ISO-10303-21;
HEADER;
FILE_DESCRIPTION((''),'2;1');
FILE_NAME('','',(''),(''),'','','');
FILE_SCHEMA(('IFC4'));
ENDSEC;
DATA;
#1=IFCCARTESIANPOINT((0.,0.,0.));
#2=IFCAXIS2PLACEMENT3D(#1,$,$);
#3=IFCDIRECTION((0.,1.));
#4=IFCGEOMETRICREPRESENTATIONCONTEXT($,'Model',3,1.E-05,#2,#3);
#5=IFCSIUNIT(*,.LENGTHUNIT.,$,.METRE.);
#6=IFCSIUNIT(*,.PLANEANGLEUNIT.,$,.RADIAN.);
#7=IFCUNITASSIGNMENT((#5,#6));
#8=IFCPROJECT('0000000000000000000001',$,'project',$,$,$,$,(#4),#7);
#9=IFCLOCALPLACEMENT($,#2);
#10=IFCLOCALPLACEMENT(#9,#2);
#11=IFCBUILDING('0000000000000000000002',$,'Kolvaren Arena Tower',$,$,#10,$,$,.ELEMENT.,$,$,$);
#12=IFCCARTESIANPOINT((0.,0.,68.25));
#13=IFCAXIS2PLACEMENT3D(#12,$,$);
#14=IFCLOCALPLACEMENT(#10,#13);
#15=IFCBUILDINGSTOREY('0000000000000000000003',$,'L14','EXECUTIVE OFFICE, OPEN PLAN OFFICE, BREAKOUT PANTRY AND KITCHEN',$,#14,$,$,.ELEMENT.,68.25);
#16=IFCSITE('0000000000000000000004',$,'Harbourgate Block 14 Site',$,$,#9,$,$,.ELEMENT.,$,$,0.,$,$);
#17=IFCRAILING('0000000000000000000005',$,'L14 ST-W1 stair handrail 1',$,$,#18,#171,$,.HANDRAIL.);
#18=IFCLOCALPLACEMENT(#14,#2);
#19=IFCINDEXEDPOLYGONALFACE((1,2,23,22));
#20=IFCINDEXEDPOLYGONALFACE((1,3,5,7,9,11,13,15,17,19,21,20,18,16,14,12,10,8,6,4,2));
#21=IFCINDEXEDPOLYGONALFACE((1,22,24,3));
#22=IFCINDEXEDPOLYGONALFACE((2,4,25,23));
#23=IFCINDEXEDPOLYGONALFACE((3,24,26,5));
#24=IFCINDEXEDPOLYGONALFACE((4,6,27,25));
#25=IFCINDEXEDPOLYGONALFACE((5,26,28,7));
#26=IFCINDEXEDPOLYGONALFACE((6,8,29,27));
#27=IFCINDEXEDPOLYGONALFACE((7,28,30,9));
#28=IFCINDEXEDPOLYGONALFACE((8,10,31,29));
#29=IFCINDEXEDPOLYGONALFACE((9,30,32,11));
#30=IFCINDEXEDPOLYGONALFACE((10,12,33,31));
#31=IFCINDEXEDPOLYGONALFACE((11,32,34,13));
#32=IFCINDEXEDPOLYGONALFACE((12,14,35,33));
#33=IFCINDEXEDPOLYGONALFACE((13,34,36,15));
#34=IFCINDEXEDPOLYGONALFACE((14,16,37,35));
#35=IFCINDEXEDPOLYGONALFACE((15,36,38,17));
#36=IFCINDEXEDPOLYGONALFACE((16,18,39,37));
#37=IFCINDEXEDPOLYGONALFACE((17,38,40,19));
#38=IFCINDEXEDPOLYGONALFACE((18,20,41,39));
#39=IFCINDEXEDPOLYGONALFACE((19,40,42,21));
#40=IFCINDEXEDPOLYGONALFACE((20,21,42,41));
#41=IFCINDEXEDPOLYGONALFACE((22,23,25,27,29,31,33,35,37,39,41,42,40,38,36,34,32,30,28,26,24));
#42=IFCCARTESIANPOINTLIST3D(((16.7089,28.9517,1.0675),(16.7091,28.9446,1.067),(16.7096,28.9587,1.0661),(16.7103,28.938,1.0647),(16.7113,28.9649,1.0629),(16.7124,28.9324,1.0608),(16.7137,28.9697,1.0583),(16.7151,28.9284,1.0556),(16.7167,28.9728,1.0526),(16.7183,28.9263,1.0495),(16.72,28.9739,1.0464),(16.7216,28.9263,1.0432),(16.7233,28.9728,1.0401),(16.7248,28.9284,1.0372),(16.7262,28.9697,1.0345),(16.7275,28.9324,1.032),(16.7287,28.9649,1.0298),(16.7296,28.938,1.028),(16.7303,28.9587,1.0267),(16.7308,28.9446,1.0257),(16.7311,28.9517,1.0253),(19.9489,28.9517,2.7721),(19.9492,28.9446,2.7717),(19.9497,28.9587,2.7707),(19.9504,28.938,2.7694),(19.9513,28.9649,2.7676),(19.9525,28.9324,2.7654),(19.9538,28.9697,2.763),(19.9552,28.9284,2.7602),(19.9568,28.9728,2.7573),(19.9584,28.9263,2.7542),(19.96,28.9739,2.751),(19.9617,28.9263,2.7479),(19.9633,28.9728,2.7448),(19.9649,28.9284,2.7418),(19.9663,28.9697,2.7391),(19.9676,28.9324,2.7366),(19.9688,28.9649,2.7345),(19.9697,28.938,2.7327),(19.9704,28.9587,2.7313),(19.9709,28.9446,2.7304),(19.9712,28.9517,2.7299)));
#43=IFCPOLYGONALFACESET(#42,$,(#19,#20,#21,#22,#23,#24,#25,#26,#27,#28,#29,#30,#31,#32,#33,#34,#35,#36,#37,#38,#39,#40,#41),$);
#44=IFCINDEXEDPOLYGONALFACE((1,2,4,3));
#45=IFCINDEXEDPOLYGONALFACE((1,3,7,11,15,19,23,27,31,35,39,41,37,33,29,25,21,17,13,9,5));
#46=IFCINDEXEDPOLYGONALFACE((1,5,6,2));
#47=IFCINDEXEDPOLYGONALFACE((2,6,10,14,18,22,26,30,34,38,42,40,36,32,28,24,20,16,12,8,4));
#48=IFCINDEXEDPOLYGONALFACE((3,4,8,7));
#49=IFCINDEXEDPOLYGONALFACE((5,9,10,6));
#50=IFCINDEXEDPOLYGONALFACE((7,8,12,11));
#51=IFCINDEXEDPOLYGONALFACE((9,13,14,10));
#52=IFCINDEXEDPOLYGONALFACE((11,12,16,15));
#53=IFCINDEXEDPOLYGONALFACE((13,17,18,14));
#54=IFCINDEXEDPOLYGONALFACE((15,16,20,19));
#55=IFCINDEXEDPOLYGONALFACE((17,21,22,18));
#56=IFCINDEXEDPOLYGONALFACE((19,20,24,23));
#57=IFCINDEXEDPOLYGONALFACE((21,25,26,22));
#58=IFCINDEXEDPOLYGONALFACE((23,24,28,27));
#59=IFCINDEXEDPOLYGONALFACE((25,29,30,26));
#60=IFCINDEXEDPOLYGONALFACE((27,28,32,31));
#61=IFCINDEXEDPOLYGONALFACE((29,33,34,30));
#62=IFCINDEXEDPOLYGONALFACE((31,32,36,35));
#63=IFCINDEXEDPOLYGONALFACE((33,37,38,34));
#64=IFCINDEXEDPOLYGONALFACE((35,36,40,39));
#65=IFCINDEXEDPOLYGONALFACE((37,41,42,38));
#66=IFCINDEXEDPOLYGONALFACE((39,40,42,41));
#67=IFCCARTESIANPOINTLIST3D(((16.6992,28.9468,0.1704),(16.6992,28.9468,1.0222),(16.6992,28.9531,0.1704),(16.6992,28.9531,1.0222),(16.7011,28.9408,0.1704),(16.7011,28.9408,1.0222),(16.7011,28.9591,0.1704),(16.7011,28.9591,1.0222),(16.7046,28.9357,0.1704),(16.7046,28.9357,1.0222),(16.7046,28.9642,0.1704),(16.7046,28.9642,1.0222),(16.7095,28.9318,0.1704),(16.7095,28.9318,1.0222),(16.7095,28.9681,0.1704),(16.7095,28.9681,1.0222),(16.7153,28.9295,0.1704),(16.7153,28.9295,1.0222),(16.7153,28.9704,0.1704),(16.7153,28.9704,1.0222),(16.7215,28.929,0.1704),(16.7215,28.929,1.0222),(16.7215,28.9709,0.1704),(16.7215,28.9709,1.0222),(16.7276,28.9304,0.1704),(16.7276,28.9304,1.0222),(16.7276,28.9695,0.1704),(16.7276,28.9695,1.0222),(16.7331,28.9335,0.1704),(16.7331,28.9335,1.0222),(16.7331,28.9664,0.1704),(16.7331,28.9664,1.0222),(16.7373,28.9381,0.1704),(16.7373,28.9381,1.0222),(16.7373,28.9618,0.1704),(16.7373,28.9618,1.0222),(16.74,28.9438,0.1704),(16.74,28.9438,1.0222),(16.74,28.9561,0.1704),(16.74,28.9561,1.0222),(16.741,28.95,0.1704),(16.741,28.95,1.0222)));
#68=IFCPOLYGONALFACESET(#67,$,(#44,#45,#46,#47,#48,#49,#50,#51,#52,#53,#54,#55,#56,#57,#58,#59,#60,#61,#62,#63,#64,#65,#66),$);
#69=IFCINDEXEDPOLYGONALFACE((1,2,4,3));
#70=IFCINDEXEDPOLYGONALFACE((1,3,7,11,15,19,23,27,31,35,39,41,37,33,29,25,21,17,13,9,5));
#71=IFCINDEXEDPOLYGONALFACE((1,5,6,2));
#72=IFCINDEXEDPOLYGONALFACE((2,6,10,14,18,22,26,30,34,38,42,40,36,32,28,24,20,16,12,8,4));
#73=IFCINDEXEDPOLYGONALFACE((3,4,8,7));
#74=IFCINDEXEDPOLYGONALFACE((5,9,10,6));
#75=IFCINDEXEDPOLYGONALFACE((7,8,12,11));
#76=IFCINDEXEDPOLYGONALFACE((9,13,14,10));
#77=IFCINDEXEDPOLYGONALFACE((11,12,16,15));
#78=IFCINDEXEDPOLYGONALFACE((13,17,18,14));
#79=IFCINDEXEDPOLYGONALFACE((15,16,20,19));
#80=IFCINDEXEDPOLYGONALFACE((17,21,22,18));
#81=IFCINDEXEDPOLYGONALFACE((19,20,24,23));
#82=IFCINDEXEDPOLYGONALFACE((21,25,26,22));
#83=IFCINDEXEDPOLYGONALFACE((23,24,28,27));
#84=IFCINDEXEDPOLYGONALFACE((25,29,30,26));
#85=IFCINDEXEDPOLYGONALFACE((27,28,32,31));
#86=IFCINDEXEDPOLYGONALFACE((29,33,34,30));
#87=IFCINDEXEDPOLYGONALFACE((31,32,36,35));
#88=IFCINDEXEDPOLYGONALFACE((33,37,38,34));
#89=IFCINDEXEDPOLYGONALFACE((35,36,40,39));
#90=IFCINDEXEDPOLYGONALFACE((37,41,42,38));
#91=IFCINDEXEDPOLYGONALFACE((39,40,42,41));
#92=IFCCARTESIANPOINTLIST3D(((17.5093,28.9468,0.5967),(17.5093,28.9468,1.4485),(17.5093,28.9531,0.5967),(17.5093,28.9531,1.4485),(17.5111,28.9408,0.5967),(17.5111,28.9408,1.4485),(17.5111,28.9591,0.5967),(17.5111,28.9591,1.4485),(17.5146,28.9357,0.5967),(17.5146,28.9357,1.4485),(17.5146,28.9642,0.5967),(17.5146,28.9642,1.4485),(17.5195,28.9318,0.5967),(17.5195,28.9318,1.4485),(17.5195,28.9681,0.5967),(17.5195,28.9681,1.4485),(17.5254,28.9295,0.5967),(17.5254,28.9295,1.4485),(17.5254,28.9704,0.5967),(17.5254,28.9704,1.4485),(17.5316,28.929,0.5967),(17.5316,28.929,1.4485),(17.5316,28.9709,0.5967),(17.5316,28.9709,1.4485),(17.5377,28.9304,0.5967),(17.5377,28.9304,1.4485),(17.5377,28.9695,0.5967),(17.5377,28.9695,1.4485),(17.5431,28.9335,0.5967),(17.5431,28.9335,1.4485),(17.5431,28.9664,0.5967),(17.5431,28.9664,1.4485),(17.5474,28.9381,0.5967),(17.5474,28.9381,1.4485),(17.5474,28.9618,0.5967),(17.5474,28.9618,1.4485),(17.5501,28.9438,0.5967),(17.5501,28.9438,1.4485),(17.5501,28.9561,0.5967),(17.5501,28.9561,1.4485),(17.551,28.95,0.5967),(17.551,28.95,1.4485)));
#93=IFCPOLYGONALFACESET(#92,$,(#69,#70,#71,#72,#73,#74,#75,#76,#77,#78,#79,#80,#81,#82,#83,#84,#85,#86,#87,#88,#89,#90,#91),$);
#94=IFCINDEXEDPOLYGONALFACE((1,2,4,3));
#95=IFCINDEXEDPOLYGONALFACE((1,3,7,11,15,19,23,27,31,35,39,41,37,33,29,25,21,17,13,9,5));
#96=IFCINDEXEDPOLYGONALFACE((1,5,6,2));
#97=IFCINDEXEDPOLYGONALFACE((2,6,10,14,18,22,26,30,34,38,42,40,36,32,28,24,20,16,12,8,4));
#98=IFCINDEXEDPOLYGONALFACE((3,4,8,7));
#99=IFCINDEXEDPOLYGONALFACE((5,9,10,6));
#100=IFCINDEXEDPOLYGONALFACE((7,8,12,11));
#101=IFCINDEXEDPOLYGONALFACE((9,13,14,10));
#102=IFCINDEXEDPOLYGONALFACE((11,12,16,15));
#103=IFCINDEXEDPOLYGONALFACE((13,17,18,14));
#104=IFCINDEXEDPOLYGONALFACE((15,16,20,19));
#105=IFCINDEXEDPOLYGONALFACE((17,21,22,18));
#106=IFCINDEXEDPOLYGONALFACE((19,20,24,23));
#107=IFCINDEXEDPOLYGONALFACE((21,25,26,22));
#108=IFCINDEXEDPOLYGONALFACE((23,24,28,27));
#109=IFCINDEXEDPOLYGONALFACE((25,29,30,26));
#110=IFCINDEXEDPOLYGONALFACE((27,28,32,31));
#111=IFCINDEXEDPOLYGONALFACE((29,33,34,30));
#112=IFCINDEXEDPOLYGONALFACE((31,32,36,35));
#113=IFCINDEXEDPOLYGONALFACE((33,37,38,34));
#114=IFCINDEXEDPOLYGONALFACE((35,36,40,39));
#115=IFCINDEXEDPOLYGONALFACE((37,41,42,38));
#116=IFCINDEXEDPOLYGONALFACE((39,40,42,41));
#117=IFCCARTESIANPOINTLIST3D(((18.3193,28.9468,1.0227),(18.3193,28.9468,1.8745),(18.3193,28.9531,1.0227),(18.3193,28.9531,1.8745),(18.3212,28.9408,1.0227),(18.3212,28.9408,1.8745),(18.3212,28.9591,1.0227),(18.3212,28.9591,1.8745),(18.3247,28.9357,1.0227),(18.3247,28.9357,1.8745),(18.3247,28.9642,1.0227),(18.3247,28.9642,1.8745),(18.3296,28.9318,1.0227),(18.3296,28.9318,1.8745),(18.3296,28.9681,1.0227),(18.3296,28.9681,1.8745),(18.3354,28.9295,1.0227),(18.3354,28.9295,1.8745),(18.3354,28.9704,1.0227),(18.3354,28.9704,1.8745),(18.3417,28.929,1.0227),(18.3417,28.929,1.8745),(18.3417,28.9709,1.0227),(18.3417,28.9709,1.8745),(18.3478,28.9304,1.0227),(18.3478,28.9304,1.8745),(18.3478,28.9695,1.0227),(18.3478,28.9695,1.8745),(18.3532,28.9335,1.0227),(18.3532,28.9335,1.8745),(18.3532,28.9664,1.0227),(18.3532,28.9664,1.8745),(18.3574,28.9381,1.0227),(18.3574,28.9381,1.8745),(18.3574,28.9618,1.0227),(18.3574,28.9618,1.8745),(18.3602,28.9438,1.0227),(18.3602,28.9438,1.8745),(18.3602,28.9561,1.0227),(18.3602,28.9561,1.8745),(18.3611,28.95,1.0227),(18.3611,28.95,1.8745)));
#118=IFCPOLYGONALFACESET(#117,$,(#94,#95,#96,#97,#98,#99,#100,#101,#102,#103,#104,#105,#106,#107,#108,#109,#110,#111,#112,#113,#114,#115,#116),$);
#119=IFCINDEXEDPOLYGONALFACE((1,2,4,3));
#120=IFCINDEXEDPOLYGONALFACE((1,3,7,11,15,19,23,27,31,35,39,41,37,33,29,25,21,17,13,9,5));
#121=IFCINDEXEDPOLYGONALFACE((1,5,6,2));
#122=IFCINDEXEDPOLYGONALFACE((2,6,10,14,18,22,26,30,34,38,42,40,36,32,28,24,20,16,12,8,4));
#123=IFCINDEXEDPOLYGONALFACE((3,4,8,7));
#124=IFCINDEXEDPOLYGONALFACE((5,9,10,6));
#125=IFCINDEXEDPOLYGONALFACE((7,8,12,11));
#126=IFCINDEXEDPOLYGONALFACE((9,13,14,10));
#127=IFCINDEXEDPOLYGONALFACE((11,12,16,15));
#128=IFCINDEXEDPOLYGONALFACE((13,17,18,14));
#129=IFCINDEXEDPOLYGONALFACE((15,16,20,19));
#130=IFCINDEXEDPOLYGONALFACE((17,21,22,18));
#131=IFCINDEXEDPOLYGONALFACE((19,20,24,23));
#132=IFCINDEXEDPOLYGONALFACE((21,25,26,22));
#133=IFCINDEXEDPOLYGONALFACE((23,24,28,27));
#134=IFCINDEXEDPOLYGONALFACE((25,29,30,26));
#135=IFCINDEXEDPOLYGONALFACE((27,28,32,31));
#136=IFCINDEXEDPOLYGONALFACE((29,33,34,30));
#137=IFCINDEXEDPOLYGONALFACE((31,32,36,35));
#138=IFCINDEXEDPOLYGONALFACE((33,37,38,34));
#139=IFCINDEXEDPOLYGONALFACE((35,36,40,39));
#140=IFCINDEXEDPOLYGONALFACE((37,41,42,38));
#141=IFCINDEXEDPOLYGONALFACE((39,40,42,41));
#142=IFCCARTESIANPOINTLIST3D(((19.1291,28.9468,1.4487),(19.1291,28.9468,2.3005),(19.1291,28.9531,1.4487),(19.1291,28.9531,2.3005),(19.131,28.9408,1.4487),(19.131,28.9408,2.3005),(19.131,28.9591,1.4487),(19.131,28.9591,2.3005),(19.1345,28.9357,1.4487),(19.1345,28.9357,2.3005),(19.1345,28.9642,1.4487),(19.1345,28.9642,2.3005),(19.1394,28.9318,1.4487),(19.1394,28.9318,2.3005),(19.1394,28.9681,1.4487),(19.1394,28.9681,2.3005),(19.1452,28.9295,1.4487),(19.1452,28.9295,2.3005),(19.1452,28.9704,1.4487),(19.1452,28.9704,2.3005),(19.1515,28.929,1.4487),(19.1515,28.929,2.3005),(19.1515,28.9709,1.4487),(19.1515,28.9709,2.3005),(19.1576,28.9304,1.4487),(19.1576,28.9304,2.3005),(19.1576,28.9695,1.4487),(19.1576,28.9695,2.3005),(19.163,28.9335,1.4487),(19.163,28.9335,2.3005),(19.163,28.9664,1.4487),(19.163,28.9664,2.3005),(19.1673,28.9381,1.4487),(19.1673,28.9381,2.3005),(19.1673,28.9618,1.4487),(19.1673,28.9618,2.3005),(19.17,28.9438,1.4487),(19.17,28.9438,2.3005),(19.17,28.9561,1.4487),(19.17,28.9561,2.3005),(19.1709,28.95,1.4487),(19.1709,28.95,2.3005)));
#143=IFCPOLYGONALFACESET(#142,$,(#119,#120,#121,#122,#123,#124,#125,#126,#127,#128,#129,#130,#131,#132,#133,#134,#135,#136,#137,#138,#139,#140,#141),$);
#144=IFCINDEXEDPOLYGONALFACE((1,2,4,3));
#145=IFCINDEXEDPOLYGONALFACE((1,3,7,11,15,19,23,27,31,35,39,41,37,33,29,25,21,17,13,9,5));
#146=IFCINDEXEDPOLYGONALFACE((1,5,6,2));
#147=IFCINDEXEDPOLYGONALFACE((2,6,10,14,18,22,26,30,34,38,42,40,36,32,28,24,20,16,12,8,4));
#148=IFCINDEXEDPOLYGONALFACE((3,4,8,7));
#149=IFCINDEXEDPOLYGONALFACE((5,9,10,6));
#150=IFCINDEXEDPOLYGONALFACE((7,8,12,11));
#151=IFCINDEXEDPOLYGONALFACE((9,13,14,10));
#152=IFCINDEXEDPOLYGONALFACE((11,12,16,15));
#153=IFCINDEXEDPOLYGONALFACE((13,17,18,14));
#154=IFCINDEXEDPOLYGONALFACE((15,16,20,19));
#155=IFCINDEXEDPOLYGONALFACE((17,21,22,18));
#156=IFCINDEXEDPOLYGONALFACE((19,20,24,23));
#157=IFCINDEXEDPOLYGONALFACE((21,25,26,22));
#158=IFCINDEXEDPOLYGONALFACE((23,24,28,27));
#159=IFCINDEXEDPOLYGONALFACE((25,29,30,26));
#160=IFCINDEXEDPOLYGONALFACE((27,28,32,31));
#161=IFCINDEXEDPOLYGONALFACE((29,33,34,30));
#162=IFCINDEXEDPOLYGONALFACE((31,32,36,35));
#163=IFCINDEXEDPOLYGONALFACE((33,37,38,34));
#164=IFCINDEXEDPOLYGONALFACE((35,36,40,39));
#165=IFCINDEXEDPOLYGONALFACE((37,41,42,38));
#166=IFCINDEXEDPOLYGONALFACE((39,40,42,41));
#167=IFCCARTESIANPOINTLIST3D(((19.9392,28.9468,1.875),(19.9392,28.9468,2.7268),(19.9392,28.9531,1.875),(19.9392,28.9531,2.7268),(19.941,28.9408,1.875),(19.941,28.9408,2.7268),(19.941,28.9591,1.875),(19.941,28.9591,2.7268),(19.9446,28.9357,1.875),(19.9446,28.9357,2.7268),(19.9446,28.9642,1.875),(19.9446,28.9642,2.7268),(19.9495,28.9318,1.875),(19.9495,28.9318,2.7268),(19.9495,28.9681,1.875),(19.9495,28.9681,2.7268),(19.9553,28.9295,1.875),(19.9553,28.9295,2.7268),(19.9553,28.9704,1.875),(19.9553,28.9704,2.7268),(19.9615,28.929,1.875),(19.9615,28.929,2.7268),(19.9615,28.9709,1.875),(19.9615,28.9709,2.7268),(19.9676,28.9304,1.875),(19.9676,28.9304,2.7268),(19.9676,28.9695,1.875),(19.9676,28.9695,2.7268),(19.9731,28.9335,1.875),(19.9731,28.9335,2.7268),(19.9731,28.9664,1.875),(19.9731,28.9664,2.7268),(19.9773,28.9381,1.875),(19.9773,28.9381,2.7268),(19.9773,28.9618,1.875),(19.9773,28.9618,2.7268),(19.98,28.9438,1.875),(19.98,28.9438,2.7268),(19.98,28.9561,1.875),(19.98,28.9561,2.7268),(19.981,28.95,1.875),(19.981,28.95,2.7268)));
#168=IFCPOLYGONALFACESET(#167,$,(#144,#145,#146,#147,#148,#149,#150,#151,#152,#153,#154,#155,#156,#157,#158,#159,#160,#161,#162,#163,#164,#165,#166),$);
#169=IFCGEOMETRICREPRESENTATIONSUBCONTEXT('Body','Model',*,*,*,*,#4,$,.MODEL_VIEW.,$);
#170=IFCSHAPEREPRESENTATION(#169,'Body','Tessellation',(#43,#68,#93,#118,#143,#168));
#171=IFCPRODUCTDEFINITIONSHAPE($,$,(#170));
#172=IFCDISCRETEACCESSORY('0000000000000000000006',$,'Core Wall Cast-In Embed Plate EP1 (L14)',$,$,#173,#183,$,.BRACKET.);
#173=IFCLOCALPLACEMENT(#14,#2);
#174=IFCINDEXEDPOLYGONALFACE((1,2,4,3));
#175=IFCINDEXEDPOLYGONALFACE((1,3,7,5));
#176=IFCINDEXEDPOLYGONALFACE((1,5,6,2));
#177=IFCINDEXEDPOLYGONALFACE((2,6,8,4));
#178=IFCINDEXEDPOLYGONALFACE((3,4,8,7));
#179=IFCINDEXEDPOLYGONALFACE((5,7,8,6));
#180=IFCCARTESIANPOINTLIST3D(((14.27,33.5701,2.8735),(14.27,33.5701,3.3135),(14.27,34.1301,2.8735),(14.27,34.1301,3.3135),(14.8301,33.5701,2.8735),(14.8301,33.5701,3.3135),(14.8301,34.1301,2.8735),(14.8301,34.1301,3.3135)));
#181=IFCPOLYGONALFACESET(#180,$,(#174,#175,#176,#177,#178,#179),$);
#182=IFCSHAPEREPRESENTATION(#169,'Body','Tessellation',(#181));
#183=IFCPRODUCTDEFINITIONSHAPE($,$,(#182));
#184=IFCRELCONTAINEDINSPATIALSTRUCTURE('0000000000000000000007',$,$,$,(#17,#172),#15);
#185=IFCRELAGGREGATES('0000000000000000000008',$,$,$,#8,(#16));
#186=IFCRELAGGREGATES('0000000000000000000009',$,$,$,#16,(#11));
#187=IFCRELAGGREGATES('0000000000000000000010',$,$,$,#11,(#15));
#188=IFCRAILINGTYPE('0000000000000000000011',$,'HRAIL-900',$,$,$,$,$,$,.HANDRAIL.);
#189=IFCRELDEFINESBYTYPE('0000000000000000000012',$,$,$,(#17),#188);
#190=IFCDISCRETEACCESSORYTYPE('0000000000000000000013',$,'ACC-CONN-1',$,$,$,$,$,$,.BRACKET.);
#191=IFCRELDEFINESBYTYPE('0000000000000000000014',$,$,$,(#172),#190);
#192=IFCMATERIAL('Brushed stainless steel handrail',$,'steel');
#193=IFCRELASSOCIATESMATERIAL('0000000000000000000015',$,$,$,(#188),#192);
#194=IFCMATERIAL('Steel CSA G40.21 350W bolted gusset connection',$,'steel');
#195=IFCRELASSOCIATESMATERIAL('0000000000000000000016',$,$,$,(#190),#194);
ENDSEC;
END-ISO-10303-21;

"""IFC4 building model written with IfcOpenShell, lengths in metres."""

from ifc_helpers import new_model, si_unit, direction, frame, origin, origin_2d, place, context, subcontext, project, spatial, rectangle, circle, extrude, material, type_object, element, save


model = new_model("IFC4")

# Units and contexts
model_context = context("Model", 3, precision=1e-05, world=origin(), true_north=direction((0.0, 1.0)))
body_context = subcontext(model_context, "Body", "Model", "MODEL_VIEW")
ifc_project = project(units=[si_unit("LENGTHUNIT", "METRE"), si_unit("PLANEANGLEUNIT", "RADIAN")], contexts=[model_context])

# Site, building, storey
site_placement = place(None, origin())
site = spatial("IfcSite", under=ifc_project, at=site_placement, Name="Harbourgate Block 14 Site", CompositionType="ELEMENT", RefElevation=0.0)
building_placement = place(site_placement, origin())
building = spatial("IfcBuilding", under=site, at=building_placement, Name="Kolvaren Arena Tower", CompositionType="ELEMENT")
storey_placement = place(building_placement, frame((0.0, 0.0, 68.25)))
storey = spatial("IfcBuildingStorey", under=building, at=storey_placement, Name="L14", Description="EXECUTIVE OFFICE, OPEN PLAN OFFICE, BREAKOUT PANTRY AND KITCHEN", CompositionType="ELEMENT", Elevation=68.25)

# Railing
ifc_material_1 = material(Name="Brushed stainless steel handrail", Category="steel")
railing_type_1 = type_object("IfcRailingType", Name="HRAIL-900", PredefinedType="HANDRAIL", material=ifc_material_1)
railing_1_placement = place(storey_placement, frame((16.72, 28.95, 0.1704)))
element("IfcRailing", 1, at=railing_1_placement, inside=storey, type_object=railing_type_1, Name="L14 ST-W1 stair handrail 1", PredefinedType="HANDRAIL", context=body_context, shape_type="SweptSolid", body=[
    extrude(circle(Radius=0.0239, at=origin_2d()), frame((0.0, 0.0, 0.876), z_axis=(0.884993, 0.0, 0.465604), x_axis=(0.0, 1.0, 0.0)), (0.0, 0.0, 1.0), 3.6611),
    extrude(circle(Radius=0.021, at=origin_2d()), origin(), (0.0, 0.0, 1.0), 0.8518),
    extrude(circle(Radius=0.021, at=origin_2d()), frame((0.8101, 0.0, 0.4263)), (0.0, 0.0, 1.0), 0.8518),
    extrude(circle(Radius=0.021, at=origin_2d()), frame((1.6201, 0.0, 0.8523)), (0.0, 0.0, 1.0), 0.8518),
    extrude(circle(Radius=0.021, at=origin_2d()), frame((2.4299, 0.0, 1.2783)), (0.0, 0.0, 1.0), 0.8518),
    extrude(circle(Radius=0.021, at=origin_2d()), frame((3.24, 0.0, 1.7046)), (0.0, 0.0, 1.0), 0.8518),
])

# Discrete accessory
ifc_material_2 = material(Name="Steel CSA G40.21 350W bolted gusset connection", Category="steel")
discrete_accessory_type = type_object("IfcDiscreteAccessoryType", Name="ACC-CONN-1", PredefinedType="BRACKET", material=ifc_material_2)
discrete_accessory_placement = place(storey_placement, frame((14.55, 33.8501, 2.8735), z_axis=(0.0, 0.0, 1.0), x_axis=(1.0, 0.0, 0.0)))
element("IfcDiscreteAccessory", 2, at=discrete_accessory_placement, inside=storey, type_object=discrete_accessory_type, Name="Core Wall Cast-In Embed Plate EP1 (L14)", PredefinedType="BRACKET", context=body_context, shape_type="SweptSolid", body=[
    extrude(rectangle(XDim=0.5601, YDim=0.5601, at=origin_2d()), origin(), (0.0, 0.0, 1.0), 0.4399),
])

save(model, "model.ifc")
